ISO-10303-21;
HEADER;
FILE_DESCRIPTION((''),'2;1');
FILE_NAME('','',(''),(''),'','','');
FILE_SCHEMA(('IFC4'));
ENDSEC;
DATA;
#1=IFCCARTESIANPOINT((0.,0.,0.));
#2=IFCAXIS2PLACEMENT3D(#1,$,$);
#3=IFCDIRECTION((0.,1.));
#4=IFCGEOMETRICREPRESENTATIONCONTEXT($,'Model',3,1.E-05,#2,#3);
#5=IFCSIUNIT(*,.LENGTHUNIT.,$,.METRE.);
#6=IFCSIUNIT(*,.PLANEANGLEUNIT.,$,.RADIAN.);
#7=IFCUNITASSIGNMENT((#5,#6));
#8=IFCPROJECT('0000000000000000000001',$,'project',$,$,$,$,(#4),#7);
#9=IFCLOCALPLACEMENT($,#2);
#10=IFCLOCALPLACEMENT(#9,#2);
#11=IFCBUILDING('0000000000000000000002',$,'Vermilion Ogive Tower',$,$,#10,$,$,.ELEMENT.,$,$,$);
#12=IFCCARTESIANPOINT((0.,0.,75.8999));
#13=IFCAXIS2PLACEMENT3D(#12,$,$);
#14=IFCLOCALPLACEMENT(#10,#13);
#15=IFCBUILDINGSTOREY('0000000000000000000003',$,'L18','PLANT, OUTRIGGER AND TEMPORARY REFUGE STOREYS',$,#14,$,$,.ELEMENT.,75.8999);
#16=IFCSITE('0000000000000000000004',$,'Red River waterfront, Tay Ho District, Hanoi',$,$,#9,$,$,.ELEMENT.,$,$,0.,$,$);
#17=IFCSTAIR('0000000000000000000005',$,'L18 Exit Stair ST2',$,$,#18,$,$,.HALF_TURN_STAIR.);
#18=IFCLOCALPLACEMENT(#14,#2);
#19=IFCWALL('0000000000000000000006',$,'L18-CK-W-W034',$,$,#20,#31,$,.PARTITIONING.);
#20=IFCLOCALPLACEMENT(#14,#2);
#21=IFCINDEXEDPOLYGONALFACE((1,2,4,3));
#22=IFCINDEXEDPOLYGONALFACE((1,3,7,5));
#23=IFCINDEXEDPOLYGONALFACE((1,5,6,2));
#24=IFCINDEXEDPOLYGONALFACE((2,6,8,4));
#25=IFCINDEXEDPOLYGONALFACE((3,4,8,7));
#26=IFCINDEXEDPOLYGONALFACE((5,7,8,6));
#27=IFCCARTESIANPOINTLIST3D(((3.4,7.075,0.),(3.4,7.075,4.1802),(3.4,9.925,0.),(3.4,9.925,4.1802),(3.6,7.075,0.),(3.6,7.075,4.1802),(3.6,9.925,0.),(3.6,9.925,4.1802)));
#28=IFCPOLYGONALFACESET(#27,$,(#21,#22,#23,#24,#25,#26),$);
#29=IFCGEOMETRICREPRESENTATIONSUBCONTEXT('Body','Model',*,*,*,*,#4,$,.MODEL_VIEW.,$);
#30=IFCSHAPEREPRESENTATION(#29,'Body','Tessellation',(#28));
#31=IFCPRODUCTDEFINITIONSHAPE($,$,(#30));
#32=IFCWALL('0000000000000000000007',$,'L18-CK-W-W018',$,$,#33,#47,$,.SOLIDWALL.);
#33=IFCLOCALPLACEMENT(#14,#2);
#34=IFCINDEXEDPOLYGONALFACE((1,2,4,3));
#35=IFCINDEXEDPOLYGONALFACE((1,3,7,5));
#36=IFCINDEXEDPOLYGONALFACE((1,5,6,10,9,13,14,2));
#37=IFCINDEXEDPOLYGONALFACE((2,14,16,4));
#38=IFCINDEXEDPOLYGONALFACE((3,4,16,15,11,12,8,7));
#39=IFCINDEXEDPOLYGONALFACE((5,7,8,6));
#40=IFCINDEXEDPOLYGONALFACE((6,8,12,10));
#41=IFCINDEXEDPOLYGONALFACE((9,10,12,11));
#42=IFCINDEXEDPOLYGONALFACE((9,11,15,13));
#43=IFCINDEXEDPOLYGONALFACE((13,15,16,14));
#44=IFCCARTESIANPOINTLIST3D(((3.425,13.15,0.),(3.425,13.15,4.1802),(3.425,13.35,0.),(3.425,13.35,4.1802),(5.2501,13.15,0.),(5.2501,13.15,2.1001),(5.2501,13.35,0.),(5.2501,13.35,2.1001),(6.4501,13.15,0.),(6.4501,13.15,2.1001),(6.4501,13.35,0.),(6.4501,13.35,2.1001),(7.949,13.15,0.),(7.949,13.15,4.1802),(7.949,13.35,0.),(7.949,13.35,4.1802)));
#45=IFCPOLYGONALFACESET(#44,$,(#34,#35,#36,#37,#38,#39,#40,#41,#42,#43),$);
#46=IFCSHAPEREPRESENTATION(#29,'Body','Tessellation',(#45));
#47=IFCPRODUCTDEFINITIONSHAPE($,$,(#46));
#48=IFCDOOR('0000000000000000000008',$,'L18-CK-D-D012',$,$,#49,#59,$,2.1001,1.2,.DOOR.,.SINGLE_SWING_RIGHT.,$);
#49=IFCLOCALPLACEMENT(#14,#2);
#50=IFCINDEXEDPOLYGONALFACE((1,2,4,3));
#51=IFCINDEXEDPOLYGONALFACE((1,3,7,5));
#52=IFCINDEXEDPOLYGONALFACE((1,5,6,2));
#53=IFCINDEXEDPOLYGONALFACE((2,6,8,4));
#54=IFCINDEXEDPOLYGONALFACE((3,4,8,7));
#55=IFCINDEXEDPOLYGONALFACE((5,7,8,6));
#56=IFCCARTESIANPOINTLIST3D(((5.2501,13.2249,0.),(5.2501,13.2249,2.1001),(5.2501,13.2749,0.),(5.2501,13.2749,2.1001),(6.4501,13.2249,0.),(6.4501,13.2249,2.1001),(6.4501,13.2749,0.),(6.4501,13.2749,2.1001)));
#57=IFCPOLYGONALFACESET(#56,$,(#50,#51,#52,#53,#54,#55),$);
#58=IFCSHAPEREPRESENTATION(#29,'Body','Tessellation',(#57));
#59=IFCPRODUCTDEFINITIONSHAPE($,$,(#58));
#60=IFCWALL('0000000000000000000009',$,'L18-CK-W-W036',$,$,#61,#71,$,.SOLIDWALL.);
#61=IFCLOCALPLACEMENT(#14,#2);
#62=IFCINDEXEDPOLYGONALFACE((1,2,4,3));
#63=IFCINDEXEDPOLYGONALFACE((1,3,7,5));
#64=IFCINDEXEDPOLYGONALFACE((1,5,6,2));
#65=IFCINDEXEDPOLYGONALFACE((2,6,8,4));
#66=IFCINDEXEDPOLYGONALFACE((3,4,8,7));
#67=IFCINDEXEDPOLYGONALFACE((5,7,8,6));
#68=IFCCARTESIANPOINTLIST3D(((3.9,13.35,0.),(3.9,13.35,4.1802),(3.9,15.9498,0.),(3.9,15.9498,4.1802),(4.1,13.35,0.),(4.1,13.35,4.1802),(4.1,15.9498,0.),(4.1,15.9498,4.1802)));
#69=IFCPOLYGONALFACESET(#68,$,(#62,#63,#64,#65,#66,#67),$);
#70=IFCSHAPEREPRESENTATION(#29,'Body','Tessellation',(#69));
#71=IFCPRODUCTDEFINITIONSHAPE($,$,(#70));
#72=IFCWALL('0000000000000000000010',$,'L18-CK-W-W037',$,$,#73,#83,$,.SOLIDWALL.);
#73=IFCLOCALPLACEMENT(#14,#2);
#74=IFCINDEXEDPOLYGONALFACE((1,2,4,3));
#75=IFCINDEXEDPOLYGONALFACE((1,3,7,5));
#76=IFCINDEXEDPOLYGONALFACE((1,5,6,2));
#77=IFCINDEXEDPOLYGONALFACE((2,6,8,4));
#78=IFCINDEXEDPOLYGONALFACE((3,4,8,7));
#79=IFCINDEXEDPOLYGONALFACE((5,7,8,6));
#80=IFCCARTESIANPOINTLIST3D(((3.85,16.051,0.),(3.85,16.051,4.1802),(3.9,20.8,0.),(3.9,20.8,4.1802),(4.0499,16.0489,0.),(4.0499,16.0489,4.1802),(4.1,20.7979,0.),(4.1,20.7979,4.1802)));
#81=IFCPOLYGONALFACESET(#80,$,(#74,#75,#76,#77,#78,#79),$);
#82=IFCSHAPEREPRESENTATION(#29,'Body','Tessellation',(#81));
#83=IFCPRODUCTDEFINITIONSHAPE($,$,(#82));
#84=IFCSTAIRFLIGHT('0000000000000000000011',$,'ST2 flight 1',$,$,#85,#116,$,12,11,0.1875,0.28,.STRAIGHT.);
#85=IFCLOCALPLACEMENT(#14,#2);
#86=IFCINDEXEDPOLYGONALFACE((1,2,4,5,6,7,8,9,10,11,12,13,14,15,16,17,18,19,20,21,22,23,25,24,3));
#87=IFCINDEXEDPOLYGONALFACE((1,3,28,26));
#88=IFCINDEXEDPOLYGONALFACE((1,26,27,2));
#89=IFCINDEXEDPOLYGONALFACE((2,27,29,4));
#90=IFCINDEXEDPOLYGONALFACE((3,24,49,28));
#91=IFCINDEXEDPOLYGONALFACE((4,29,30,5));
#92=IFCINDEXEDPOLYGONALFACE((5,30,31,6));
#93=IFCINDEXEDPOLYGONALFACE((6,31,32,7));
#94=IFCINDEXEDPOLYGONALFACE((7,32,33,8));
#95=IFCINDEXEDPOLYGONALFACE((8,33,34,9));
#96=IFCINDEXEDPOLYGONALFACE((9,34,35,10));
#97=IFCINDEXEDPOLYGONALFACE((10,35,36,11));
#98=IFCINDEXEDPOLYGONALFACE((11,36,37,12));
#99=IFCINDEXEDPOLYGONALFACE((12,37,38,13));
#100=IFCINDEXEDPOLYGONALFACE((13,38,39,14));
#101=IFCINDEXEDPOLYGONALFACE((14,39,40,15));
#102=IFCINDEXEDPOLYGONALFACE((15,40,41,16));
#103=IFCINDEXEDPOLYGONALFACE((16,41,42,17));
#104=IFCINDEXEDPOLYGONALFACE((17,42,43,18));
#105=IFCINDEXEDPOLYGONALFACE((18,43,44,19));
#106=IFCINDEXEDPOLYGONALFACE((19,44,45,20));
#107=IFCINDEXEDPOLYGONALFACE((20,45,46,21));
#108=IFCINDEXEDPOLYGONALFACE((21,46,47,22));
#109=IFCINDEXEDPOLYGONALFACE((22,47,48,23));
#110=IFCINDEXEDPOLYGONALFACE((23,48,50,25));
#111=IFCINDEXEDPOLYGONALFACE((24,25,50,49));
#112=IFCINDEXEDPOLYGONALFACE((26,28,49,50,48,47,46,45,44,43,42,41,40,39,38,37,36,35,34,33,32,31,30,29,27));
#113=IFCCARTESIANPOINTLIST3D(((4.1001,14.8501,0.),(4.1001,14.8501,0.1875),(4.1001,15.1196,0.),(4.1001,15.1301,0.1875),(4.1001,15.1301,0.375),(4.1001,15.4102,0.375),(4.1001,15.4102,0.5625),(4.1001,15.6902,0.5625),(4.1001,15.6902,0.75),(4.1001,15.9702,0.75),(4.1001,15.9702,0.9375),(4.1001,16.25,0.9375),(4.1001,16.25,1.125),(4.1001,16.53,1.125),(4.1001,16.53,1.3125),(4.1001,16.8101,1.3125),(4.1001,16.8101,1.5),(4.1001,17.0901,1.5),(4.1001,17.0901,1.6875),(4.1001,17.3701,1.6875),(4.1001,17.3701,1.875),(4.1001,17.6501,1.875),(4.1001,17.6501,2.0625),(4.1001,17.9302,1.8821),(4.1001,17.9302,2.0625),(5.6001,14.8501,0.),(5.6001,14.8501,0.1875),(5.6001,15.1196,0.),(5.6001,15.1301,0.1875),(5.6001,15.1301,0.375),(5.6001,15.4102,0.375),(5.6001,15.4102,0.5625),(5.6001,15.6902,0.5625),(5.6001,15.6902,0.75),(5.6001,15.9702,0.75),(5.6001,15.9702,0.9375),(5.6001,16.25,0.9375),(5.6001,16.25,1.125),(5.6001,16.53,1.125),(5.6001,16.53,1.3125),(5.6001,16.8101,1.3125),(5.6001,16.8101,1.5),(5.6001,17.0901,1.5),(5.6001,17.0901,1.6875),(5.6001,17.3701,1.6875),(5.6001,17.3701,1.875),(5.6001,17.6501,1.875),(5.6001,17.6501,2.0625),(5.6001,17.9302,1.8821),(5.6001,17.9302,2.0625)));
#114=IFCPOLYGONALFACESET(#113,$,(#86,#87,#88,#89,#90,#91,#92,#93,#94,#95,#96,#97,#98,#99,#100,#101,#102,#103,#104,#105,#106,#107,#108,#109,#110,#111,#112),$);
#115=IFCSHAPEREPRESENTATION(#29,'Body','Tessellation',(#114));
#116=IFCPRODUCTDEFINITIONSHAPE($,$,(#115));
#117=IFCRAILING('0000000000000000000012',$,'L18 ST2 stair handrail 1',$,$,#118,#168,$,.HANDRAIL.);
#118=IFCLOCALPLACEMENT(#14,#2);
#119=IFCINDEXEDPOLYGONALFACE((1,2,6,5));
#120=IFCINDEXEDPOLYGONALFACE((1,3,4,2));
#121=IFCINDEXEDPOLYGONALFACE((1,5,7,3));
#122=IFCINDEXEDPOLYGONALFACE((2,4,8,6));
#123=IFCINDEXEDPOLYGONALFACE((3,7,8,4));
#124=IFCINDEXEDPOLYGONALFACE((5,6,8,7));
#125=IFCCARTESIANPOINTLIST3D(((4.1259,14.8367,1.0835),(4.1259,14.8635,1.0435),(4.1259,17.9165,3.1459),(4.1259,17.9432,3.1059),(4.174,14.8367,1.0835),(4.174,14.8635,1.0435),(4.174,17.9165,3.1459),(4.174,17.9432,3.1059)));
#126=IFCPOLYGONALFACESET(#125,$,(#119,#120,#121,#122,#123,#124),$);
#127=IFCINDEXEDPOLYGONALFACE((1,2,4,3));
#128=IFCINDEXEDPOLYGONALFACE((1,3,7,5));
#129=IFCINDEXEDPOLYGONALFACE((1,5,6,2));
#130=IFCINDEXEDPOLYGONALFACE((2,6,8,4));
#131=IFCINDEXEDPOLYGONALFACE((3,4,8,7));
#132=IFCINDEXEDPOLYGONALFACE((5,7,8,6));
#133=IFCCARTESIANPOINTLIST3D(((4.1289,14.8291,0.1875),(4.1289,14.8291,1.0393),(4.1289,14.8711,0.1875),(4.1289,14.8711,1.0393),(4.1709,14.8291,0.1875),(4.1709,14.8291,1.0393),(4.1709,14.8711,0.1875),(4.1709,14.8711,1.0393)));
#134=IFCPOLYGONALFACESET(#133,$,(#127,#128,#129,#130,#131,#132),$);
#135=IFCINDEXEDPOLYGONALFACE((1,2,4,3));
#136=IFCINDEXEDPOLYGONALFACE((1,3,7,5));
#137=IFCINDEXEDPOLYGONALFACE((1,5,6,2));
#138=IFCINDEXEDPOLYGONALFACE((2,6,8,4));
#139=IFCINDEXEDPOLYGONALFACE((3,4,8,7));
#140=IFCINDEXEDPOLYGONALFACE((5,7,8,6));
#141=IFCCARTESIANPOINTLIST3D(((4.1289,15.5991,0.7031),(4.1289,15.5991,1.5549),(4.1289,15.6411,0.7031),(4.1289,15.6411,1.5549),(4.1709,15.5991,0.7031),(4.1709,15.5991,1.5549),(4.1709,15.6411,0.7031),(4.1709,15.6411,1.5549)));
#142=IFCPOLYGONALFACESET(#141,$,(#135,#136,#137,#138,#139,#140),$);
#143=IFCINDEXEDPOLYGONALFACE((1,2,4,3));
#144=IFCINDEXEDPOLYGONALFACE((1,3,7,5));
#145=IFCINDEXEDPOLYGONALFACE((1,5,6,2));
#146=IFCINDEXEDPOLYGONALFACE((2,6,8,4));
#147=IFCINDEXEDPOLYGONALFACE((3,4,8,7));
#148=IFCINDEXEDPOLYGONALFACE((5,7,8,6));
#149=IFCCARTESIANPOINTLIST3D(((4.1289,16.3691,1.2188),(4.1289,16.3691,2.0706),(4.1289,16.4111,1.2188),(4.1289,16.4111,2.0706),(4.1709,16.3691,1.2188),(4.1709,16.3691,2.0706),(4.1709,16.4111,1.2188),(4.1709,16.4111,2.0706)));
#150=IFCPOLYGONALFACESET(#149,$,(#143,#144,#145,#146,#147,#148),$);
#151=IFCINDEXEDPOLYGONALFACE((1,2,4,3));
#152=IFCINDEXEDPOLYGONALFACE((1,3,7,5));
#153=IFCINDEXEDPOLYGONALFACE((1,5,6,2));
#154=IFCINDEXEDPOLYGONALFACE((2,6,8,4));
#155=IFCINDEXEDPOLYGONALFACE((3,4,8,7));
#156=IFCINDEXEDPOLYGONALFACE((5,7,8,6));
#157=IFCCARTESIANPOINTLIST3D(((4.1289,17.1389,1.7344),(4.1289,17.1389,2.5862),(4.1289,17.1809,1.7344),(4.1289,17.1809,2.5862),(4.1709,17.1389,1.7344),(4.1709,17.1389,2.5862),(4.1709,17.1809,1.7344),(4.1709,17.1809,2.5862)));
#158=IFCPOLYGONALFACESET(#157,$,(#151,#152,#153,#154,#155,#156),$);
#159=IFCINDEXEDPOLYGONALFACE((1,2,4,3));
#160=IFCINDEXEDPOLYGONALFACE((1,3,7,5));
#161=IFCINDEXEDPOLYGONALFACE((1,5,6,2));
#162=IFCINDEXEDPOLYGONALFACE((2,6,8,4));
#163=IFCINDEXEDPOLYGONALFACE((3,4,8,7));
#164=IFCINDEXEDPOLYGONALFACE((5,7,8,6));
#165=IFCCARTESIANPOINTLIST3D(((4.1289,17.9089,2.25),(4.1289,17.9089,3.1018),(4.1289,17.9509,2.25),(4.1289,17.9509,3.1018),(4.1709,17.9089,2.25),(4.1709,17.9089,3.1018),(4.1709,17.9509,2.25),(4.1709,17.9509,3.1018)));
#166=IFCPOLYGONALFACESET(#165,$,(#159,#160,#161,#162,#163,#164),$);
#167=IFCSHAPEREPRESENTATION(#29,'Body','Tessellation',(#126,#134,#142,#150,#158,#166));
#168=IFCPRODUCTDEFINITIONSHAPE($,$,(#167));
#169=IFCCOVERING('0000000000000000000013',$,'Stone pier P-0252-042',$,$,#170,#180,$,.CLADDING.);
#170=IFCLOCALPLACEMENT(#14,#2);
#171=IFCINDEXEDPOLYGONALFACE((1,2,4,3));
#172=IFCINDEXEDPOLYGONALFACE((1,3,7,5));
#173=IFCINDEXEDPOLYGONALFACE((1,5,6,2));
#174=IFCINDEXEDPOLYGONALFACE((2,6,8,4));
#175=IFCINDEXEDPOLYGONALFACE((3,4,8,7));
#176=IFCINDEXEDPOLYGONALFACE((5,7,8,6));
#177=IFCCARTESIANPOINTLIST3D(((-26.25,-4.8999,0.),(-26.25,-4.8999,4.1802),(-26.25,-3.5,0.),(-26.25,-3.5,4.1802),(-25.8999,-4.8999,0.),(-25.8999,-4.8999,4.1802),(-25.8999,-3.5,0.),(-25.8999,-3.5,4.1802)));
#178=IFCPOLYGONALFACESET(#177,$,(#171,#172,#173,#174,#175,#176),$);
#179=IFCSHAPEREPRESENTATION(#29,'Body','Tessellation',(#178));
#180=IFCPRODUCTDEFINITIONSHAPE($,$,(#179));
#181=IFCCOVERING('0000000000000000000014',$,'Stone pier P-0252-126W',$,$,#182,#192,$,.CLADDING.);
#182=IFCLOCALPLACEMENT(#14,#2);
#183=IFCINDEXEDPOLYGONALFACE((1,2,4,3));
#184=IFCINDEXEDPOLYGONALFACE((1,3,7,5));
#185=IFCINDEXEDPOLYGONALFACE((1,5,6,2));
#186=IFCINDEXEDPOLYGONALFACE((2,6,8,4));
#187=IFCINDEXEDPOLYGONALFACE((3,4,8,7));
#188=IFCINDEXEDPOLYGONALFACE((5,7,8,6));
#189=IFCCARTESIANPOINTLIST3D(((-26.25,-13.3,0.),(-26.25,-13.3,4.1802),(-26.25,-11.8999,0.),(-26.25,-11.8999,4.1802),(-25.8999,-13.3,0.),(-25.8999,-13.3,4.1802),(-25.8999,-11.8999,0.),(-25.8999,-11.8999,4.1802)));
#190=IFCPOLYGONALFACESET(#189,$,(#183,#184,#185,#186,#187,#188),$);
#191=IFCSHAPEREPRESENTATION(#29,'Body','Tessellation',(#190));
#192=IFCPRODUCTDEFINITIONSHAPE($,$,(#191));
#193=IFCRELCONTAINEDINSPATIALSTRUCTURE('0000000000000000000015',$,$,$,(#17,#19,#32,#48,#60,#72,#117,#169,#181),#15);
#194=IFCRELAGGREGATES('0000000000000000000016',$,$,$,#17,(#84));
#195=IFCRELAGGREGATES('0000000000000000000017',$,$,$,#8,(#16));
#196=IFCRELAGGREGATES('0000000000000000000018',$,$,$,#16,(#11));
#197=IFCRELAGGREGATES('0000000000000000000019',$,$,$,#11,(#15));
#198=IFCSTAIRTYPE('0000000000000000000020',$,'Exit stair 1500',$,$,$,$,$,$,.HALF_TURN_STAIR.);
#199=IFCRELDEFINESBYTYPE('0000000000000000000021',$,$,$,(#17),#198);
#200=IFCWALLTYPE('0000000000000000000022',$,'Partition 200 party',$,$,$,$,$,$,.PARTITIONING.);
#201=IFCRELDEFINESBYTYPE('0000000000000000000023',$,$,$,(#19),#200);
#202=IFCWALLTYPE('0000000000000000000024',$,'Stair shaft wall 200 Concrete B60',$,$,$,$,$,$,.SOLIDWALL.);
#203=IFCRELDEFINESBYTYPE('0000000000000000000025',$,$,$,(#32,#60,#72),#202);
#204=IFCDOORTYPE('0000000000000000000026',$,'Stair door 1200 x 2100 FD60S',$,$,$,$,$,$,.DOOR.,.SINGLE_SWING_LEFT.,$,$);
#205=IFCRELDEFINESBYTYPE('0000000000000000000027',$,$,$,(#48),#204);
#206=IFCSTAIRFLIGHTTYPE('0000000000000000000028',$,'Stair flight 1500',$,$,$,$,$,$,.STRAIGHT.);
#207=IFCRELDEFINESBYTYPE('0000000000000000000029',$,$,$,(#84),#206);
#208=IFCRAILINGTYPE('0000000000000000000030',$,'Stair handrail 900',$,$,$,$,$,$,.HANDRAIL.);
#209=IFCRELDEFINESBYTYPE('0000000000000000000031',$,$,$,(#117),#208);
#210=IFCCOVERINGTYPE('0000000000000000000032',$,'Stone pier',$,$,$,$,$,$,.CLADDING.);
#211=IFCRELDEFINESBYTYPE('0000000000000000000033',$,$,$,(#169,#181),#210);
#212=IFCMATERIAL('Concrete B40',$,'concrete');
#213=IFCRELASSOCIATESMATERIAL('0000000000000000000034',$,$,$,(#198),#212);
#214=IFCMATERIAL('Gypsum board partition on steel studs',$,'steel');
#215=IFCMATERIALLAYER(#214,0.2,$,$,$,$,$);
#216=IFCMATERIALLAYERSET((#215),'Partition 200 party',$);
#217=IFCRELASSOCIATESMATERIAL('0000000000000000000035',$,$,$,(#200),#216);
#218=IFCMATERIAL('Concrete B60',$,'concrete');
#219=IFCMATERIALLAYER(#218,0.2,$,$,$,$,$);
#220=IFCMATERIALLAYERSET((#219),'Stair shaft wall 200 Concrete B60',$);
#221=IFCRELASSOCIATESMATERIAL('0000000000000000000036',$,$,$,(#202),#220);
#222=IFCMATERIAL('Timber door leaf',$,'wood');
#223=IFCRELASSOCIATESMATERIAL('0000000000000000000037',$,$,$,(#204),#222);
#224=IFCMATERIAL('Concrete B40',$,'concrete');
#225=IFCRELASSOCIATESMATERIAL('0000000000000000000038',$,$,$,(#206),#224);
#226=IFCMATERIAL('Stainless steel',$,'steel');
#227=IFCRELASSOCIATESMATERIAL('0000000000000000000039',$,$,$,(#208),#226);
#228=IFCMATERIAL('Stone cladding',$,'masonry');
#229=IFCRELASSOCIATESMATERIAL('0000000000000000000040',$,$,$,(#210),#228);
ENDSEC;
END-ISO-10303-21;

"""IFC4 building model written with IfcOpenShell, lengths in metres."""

from ifc_helpers import new_model, si_unit, direction, frame, frame_2d, origin, origin_2d, place, context, subcontext, project, spatial, polyline, rectangle, outline, extrude, material, layer, layer_set, type_object, element, fill, aggregate, save


model = new_model("IFC4")

# Units and contexts
model_context = context("Model", 3, precision=1e-05, world=origin(), true_north=direction((0.0, 1.0)))
body_context = subcontext(model_context, "Body", "Model", "MODEL_VIEW")
ifc_project = project(units=[si_unit("LENGTHUNIT", "METRE"), si_unit("PLANEANGLEUNIT", "RADIAN")], contexts=[model_context])

# Site, building, storey
site_placement = place(None, origin())
site = spatial("IfcSite", under=ifc_project, at=site_placement, Name="Red River waterfront, Tay Ho District, Hanoi", CompositionType="ELEMENT", RefElevation=0.0)
building_placement = place(site_placement, origin())
building = spatial("IfcBuilding", under=site, at=building_placement, Name="Vermilion Ogive Tower", CompositionType="ELEMENT")
storey_placement = place(building_placement, frame((0.0, 0.0, 75.8999)))
storey = spatial("IfcBuildingStorey", under=building, at=storey_placement, Name="L18", Description="PLANT, OUTRIGGER AND TEMPORARY REFUGE STOREYS", CompositionType="ELEMENT", Elevation=75.8999)

# Stair
ifc_material_1 = material(Name="Concrete B40", Category="concrete")
stair_type = type_object("IfcStairType", Name="Exit stair 1500", PredefinedType="HALF_TURN_STAIR", material=ifc_material_1)
stair_1_placement = place(storey_placement, origin())
stair_1 = element("IfcStair", 1, at=stair_1_placement, inside=storey, type_object=stair_type, Name="L18 Exit Stair ST2", PredefinedType="HALF_TURN_STAIR")

# Shared definitions
ifc_material_2 = material(Name="Gypsum board partition on steel studs", Category="steel")
ifc_layer_1 = layer(ifc_material_2, 0.2)
ifc_layer_set_1 = layer_set([ifc_layer_1], Name="Partition 200 party")
wall_type_1 = type_object("IfcWallType", Name="Partition 200 party", PredefinedType="PARTITIONING", material=ifc_layer_set_1)

# Wall
for number, where, z_axis, x_axis, name in (
    (2, (3.5, 7.075, 0.0), (0.0, 0.0, 1.0), (0.0, 1.0, 0.0), "L18-CK-W-W034"),
):
    element("IfcWall", number, at=place(storey_placement, frame(where, z_axis=z_axis, x_axis=x_axis)), inside=storey, type_object=wall_type_1, Name=name, PredefinedType="PARTITIONING", context=body_context, shape_type="SweptSolid", body=[
        extrude(rectangle(XDim=2.8501, YDim=0.2, at=frame_2d((1.425, 0.0))), origin(), (0.0, 0.0, 1.0), 4.1802),
    ])

# Wall, opening, door
ifc_material_3 = material(Name="Concrete B60", Category="concrete")
ifc_layer_2 = layer(ifc_material_3, 0.2)
ifc_layer_set_2 = layer_set([ifc_layer_2], Name="Stair shaft wall 200 Concrete B60")
wall_type_2 = type_object("IfcWallType", Name="Stair shaft wall 200 Concrete B60", PredefinedType="SOLIDWALL", material=ifc_layer_set_2)
wall_1_placement = place(storey_placement, frame((3.425, 13.25, 0.0), z_axis=(0.0, 0.0, 1.0), x_axis=(1.0, 0.0, 0.0)))
wall_1 = element("IfcWall", 3, at=wall_1_placement, inside=storey, type_object=wall_type_2, Name="L18-CK-W-W018", PredefinedType="SOLIDWALL", context=body_context, shape_type="SweptSolid", body=[
    extrude(rectangle(XDim=4.5239, YDim=0.2, at=frame_2d((2.262, 0.0))), origin(), (0.0, 0.0, 1.0), 4.1802),
])
opening_1_placement = place(wall_1_placement, frame((1.825, 0.0, 0.0)))
opening_1 = element("IfcOpeningElement", 4, at=opening_1_placement, cuts=wall_1, PredefinedType="OPENING", context=body_context, shape_type="SweptSolid", body=[
    extrude(rectangle(XDim=1.2, YDim=2.1001, at=frame_2d((0.6001, 1.05))), frame((0.0, 0.1099, 0.0), z_axis=(0.0, -1.0, 0.0), x_axis=(1.0, 0.0, 0.0)), (0.0, 0.0, 1.0), 0.22),
])
ifc_material_4 = material(Name="Timber door leaf", Category="wood")
door_type_1 = type_object("IfcDoorType", Name="Stair door 1200 x 2100 FD60S", OperationType="SINGLE_SWING_LEFT", PredefinedType="DOOR", material=ifc_material_4)
door_1_placement = place(opening_1_placement, origin())
door_1 = element("IfcDoor", 5, at=door_1_placement, inside=storey, type_object=door_type_1, Name="L18-CK-D-D012", OperationType="SINGLE_SWING_RIGHT", OverallHeight=2.1001, OverallWidth=1.2, PredefinedType="DOOR", context=body_context, shape_type="SweptSolid", body=[
    extrude(rectangle(XDim=1.2, YDim=2.1001, at=frame_2d((0.6001, 1.05))), frame((0.0, 0.0249, 0.0), z_axis=(0.0, -1.0, 0.0), x_axis=(1.0, 0.0, 0.0)), (0.0, 0.0, 1.0), 0.05),
])
fill(opening_1, door_1)

# Walls
wall_2_placement = place(storey_placement, frame((4.0, 13.3501, 0.0), z_axis=(0.0, 0.0, 1.0), x_axis=(0.0, 1.0, 0.0)))
element("IfcWall", 6, at=wall_2_placement, inside=storey, type_object=wall_type_2, Name="L18-CK-W-W036", PredefinedType="SOLIDWALL", context=body_context, shape_type="SweptSolid", body=[
    extrude(rectangle(XDim=2.5999, YDim=0.2, at=frame_2d((1.2998, 0.0))), origin(), (0.0, 0.0, 1.0), 4.1802),
])
wall_3_placement = place(storey_placement, frame((3.95, 16.05, 0.0), z_axis=(0.0, 0.0, 1.0), x_axis=(0.010538, 0.999944, 0.0)))
element("IfcWall", 7, at=wall_3_placement, inside=storey, type_object=wall_type_2, Name="L18-CK-W-W037", PredefinedType="SOLIDWALL", context=body_context, shape_type="SweptSolid", body=[
    extrude(rectangle(XDim=4.7493, YDim=0.2, at=frame_2d((2.3745, 0.0))), origin(), (0.0, 0.0, 1.0), 4.1802),
])

# Stair flight
ifc_material_5 = material(Name="Concrete B40", Category="concrete")
stair_flight_type = type_object("IfcStairFlightType", Name="Stair flight 1500", PredefinedType="STRAIGHT", material=ifc_material_5)
stair_flight_placement = place(storey_placement, frame((4.8501, 14.8501, 0.0), z_axis=(0.0, 0.0, 1.0), x_axis=(0.0, 1.0, 0.0)))
stair_flight = element("IfcStairFlight", 8, at=stair_flight_placement, type_object=stair_flight_type, Name="ST2 flight 1", NumberOfRisers=12, NumberOfTreads=11, PredefinedType="STRAIGHT", RiserHeight=0.1875, TreadLength=0.28, context=body_context, shape_type="SweptSolid", body=[
    extrude(outline(polyline([(0.0, 0.0), (0.0, 0.1875), (0.28, 0.1875), (0.28, 0.375), (0.5601, 0.375), (0.5601, 0.5625), (0.8401, 0.5625), (0.8401, 0.75), (1.1201, 0.75), (1.1201, 0.9375), (1.3999, 0.9375), (1.3999, 1.125), (1.6799, 1.125), (1.6799, 1.3125), (1.96, 1.3125), (1.96, 1.5), (2.24, 1.5), (2.24, 1.6875), (2.52, 1.6875), (2.52, 1.875), (2.8, 1.875), (2.8, 2.0625), (3.0801, 2.0625), (3.0801, 2.25), (3.0801, 1.8821), (0.2695, 0.0), (0.0, 0.0)])), frame((0.0, 0.75, 0.0), z_axis=(0.0, -1.0, 0.0), x_axis=(1.0, 0.0, 0.0)), (0.0, 0.0, 1.0), 1.5),
])
aggregate(stair_1, [stair_flight])

# Railing
ifc_material_6 = material(Name="Stainless steel", Category="steel")
railing_type = type_object("IfcRailingType", Name="Stair handrail 900", PredefinedType="HANDRAIL", material=ifc_material_6)
railing_placement = place(storey_placement, frame((4.1499, 14.8501, 0.1875)))
element("IfcRailing", 9, at=railing_placement, inside=storey, type_object=railing_type, Name="L18 ST2 stair handrail 1", PredefinedType="HANDRAIL", context=body_context, shape_type="SweptSolid", body=[
    extrude(rectangle(XDim=0.0481, YDim=0.0481, at=origin_2d()), frame((0.0, 0.0, 0.876), z_axis=(0.0, 0.830893, 0.556432), x_axis=(-1.0, 0.0, 0.0)), (0.0, 0.0, 1.0), 3.7065),
    extrude(rectangle(XDim=0.042, YDim=0.042, at=origin_2d()), origin(), (0.0, 0.0, 1.0), 0.8518),
    extrude(rectangle(XDim=0.042, YDim=0.042, at=origin_2d()), frame((0.0, 0.77, 0.5156)), (0.0, 0.0, 1.0), 0.8518),
    extrude(rectangle(XDim=0.042, YDim=0.042, at=origin_2d()), frame((0.0, 1.54, 1.0312)), (0.0, 0.0, 1.0), 0.8518),
    extrude(rectangle(XDim=0.042, YDim=0.042, at=origin_2d()), frame((0.0, 2.3098, 1.5469)), (0.0, 0.0, 1.0), 0.8518),
    extrude(rectangle(XDim=0.042, YDim=0.042, at=origin_2d()), frame((0.0, 3.0798, 2.0625)), (0.0, 0.0, 1.0), 0.8518),
])

# Coverings
ifc_material_7 = material(Name="Stone cladding", Category="masonry")
covering_type = type_object("IfcCoveringType", Name="Stone pier", PredefinedType="CLADDING", material=ifc_material_7)
covering_1_placement = place(storey_placement, origin())
element("IfcCovering", 10, at=covering_1_placement, inside=storey, type_object=covering_type, Name="Stone pier P-0252-042", PredefinedType="CLADDING", context=body_context, shape_type="SweptSolid", body=[
    extrude(outline(polyline([(-26.25, -4.8999), (-26.25, -3.5), (-25.8999, -3.5), (-25.8999, -4.8999), (-26.25, -4.8999)])), origin(), (0.0, 0.0, 1.0), 4.1802),
])
covering_2_placement = place(storey_placement, origin())
element("IfcCovering", 11, at=covering_2_placement, inside=storey, type_object=covering_type, Name="Stone pier P-0252-126W", PredefinedType="CLADDING", context=body_context, shape_type="SweptSolid", body=[
    extrude(outline(polyline([(-26.25, -13.3), (-26.25, -11.8999), (-25.8999, -11.8999), (-25.8999, -13.3), (-26.25, -13.3)])), origin(), (0.0, 0.0, 1.0), 4.1802),
])

save(model, "model.ifc")
